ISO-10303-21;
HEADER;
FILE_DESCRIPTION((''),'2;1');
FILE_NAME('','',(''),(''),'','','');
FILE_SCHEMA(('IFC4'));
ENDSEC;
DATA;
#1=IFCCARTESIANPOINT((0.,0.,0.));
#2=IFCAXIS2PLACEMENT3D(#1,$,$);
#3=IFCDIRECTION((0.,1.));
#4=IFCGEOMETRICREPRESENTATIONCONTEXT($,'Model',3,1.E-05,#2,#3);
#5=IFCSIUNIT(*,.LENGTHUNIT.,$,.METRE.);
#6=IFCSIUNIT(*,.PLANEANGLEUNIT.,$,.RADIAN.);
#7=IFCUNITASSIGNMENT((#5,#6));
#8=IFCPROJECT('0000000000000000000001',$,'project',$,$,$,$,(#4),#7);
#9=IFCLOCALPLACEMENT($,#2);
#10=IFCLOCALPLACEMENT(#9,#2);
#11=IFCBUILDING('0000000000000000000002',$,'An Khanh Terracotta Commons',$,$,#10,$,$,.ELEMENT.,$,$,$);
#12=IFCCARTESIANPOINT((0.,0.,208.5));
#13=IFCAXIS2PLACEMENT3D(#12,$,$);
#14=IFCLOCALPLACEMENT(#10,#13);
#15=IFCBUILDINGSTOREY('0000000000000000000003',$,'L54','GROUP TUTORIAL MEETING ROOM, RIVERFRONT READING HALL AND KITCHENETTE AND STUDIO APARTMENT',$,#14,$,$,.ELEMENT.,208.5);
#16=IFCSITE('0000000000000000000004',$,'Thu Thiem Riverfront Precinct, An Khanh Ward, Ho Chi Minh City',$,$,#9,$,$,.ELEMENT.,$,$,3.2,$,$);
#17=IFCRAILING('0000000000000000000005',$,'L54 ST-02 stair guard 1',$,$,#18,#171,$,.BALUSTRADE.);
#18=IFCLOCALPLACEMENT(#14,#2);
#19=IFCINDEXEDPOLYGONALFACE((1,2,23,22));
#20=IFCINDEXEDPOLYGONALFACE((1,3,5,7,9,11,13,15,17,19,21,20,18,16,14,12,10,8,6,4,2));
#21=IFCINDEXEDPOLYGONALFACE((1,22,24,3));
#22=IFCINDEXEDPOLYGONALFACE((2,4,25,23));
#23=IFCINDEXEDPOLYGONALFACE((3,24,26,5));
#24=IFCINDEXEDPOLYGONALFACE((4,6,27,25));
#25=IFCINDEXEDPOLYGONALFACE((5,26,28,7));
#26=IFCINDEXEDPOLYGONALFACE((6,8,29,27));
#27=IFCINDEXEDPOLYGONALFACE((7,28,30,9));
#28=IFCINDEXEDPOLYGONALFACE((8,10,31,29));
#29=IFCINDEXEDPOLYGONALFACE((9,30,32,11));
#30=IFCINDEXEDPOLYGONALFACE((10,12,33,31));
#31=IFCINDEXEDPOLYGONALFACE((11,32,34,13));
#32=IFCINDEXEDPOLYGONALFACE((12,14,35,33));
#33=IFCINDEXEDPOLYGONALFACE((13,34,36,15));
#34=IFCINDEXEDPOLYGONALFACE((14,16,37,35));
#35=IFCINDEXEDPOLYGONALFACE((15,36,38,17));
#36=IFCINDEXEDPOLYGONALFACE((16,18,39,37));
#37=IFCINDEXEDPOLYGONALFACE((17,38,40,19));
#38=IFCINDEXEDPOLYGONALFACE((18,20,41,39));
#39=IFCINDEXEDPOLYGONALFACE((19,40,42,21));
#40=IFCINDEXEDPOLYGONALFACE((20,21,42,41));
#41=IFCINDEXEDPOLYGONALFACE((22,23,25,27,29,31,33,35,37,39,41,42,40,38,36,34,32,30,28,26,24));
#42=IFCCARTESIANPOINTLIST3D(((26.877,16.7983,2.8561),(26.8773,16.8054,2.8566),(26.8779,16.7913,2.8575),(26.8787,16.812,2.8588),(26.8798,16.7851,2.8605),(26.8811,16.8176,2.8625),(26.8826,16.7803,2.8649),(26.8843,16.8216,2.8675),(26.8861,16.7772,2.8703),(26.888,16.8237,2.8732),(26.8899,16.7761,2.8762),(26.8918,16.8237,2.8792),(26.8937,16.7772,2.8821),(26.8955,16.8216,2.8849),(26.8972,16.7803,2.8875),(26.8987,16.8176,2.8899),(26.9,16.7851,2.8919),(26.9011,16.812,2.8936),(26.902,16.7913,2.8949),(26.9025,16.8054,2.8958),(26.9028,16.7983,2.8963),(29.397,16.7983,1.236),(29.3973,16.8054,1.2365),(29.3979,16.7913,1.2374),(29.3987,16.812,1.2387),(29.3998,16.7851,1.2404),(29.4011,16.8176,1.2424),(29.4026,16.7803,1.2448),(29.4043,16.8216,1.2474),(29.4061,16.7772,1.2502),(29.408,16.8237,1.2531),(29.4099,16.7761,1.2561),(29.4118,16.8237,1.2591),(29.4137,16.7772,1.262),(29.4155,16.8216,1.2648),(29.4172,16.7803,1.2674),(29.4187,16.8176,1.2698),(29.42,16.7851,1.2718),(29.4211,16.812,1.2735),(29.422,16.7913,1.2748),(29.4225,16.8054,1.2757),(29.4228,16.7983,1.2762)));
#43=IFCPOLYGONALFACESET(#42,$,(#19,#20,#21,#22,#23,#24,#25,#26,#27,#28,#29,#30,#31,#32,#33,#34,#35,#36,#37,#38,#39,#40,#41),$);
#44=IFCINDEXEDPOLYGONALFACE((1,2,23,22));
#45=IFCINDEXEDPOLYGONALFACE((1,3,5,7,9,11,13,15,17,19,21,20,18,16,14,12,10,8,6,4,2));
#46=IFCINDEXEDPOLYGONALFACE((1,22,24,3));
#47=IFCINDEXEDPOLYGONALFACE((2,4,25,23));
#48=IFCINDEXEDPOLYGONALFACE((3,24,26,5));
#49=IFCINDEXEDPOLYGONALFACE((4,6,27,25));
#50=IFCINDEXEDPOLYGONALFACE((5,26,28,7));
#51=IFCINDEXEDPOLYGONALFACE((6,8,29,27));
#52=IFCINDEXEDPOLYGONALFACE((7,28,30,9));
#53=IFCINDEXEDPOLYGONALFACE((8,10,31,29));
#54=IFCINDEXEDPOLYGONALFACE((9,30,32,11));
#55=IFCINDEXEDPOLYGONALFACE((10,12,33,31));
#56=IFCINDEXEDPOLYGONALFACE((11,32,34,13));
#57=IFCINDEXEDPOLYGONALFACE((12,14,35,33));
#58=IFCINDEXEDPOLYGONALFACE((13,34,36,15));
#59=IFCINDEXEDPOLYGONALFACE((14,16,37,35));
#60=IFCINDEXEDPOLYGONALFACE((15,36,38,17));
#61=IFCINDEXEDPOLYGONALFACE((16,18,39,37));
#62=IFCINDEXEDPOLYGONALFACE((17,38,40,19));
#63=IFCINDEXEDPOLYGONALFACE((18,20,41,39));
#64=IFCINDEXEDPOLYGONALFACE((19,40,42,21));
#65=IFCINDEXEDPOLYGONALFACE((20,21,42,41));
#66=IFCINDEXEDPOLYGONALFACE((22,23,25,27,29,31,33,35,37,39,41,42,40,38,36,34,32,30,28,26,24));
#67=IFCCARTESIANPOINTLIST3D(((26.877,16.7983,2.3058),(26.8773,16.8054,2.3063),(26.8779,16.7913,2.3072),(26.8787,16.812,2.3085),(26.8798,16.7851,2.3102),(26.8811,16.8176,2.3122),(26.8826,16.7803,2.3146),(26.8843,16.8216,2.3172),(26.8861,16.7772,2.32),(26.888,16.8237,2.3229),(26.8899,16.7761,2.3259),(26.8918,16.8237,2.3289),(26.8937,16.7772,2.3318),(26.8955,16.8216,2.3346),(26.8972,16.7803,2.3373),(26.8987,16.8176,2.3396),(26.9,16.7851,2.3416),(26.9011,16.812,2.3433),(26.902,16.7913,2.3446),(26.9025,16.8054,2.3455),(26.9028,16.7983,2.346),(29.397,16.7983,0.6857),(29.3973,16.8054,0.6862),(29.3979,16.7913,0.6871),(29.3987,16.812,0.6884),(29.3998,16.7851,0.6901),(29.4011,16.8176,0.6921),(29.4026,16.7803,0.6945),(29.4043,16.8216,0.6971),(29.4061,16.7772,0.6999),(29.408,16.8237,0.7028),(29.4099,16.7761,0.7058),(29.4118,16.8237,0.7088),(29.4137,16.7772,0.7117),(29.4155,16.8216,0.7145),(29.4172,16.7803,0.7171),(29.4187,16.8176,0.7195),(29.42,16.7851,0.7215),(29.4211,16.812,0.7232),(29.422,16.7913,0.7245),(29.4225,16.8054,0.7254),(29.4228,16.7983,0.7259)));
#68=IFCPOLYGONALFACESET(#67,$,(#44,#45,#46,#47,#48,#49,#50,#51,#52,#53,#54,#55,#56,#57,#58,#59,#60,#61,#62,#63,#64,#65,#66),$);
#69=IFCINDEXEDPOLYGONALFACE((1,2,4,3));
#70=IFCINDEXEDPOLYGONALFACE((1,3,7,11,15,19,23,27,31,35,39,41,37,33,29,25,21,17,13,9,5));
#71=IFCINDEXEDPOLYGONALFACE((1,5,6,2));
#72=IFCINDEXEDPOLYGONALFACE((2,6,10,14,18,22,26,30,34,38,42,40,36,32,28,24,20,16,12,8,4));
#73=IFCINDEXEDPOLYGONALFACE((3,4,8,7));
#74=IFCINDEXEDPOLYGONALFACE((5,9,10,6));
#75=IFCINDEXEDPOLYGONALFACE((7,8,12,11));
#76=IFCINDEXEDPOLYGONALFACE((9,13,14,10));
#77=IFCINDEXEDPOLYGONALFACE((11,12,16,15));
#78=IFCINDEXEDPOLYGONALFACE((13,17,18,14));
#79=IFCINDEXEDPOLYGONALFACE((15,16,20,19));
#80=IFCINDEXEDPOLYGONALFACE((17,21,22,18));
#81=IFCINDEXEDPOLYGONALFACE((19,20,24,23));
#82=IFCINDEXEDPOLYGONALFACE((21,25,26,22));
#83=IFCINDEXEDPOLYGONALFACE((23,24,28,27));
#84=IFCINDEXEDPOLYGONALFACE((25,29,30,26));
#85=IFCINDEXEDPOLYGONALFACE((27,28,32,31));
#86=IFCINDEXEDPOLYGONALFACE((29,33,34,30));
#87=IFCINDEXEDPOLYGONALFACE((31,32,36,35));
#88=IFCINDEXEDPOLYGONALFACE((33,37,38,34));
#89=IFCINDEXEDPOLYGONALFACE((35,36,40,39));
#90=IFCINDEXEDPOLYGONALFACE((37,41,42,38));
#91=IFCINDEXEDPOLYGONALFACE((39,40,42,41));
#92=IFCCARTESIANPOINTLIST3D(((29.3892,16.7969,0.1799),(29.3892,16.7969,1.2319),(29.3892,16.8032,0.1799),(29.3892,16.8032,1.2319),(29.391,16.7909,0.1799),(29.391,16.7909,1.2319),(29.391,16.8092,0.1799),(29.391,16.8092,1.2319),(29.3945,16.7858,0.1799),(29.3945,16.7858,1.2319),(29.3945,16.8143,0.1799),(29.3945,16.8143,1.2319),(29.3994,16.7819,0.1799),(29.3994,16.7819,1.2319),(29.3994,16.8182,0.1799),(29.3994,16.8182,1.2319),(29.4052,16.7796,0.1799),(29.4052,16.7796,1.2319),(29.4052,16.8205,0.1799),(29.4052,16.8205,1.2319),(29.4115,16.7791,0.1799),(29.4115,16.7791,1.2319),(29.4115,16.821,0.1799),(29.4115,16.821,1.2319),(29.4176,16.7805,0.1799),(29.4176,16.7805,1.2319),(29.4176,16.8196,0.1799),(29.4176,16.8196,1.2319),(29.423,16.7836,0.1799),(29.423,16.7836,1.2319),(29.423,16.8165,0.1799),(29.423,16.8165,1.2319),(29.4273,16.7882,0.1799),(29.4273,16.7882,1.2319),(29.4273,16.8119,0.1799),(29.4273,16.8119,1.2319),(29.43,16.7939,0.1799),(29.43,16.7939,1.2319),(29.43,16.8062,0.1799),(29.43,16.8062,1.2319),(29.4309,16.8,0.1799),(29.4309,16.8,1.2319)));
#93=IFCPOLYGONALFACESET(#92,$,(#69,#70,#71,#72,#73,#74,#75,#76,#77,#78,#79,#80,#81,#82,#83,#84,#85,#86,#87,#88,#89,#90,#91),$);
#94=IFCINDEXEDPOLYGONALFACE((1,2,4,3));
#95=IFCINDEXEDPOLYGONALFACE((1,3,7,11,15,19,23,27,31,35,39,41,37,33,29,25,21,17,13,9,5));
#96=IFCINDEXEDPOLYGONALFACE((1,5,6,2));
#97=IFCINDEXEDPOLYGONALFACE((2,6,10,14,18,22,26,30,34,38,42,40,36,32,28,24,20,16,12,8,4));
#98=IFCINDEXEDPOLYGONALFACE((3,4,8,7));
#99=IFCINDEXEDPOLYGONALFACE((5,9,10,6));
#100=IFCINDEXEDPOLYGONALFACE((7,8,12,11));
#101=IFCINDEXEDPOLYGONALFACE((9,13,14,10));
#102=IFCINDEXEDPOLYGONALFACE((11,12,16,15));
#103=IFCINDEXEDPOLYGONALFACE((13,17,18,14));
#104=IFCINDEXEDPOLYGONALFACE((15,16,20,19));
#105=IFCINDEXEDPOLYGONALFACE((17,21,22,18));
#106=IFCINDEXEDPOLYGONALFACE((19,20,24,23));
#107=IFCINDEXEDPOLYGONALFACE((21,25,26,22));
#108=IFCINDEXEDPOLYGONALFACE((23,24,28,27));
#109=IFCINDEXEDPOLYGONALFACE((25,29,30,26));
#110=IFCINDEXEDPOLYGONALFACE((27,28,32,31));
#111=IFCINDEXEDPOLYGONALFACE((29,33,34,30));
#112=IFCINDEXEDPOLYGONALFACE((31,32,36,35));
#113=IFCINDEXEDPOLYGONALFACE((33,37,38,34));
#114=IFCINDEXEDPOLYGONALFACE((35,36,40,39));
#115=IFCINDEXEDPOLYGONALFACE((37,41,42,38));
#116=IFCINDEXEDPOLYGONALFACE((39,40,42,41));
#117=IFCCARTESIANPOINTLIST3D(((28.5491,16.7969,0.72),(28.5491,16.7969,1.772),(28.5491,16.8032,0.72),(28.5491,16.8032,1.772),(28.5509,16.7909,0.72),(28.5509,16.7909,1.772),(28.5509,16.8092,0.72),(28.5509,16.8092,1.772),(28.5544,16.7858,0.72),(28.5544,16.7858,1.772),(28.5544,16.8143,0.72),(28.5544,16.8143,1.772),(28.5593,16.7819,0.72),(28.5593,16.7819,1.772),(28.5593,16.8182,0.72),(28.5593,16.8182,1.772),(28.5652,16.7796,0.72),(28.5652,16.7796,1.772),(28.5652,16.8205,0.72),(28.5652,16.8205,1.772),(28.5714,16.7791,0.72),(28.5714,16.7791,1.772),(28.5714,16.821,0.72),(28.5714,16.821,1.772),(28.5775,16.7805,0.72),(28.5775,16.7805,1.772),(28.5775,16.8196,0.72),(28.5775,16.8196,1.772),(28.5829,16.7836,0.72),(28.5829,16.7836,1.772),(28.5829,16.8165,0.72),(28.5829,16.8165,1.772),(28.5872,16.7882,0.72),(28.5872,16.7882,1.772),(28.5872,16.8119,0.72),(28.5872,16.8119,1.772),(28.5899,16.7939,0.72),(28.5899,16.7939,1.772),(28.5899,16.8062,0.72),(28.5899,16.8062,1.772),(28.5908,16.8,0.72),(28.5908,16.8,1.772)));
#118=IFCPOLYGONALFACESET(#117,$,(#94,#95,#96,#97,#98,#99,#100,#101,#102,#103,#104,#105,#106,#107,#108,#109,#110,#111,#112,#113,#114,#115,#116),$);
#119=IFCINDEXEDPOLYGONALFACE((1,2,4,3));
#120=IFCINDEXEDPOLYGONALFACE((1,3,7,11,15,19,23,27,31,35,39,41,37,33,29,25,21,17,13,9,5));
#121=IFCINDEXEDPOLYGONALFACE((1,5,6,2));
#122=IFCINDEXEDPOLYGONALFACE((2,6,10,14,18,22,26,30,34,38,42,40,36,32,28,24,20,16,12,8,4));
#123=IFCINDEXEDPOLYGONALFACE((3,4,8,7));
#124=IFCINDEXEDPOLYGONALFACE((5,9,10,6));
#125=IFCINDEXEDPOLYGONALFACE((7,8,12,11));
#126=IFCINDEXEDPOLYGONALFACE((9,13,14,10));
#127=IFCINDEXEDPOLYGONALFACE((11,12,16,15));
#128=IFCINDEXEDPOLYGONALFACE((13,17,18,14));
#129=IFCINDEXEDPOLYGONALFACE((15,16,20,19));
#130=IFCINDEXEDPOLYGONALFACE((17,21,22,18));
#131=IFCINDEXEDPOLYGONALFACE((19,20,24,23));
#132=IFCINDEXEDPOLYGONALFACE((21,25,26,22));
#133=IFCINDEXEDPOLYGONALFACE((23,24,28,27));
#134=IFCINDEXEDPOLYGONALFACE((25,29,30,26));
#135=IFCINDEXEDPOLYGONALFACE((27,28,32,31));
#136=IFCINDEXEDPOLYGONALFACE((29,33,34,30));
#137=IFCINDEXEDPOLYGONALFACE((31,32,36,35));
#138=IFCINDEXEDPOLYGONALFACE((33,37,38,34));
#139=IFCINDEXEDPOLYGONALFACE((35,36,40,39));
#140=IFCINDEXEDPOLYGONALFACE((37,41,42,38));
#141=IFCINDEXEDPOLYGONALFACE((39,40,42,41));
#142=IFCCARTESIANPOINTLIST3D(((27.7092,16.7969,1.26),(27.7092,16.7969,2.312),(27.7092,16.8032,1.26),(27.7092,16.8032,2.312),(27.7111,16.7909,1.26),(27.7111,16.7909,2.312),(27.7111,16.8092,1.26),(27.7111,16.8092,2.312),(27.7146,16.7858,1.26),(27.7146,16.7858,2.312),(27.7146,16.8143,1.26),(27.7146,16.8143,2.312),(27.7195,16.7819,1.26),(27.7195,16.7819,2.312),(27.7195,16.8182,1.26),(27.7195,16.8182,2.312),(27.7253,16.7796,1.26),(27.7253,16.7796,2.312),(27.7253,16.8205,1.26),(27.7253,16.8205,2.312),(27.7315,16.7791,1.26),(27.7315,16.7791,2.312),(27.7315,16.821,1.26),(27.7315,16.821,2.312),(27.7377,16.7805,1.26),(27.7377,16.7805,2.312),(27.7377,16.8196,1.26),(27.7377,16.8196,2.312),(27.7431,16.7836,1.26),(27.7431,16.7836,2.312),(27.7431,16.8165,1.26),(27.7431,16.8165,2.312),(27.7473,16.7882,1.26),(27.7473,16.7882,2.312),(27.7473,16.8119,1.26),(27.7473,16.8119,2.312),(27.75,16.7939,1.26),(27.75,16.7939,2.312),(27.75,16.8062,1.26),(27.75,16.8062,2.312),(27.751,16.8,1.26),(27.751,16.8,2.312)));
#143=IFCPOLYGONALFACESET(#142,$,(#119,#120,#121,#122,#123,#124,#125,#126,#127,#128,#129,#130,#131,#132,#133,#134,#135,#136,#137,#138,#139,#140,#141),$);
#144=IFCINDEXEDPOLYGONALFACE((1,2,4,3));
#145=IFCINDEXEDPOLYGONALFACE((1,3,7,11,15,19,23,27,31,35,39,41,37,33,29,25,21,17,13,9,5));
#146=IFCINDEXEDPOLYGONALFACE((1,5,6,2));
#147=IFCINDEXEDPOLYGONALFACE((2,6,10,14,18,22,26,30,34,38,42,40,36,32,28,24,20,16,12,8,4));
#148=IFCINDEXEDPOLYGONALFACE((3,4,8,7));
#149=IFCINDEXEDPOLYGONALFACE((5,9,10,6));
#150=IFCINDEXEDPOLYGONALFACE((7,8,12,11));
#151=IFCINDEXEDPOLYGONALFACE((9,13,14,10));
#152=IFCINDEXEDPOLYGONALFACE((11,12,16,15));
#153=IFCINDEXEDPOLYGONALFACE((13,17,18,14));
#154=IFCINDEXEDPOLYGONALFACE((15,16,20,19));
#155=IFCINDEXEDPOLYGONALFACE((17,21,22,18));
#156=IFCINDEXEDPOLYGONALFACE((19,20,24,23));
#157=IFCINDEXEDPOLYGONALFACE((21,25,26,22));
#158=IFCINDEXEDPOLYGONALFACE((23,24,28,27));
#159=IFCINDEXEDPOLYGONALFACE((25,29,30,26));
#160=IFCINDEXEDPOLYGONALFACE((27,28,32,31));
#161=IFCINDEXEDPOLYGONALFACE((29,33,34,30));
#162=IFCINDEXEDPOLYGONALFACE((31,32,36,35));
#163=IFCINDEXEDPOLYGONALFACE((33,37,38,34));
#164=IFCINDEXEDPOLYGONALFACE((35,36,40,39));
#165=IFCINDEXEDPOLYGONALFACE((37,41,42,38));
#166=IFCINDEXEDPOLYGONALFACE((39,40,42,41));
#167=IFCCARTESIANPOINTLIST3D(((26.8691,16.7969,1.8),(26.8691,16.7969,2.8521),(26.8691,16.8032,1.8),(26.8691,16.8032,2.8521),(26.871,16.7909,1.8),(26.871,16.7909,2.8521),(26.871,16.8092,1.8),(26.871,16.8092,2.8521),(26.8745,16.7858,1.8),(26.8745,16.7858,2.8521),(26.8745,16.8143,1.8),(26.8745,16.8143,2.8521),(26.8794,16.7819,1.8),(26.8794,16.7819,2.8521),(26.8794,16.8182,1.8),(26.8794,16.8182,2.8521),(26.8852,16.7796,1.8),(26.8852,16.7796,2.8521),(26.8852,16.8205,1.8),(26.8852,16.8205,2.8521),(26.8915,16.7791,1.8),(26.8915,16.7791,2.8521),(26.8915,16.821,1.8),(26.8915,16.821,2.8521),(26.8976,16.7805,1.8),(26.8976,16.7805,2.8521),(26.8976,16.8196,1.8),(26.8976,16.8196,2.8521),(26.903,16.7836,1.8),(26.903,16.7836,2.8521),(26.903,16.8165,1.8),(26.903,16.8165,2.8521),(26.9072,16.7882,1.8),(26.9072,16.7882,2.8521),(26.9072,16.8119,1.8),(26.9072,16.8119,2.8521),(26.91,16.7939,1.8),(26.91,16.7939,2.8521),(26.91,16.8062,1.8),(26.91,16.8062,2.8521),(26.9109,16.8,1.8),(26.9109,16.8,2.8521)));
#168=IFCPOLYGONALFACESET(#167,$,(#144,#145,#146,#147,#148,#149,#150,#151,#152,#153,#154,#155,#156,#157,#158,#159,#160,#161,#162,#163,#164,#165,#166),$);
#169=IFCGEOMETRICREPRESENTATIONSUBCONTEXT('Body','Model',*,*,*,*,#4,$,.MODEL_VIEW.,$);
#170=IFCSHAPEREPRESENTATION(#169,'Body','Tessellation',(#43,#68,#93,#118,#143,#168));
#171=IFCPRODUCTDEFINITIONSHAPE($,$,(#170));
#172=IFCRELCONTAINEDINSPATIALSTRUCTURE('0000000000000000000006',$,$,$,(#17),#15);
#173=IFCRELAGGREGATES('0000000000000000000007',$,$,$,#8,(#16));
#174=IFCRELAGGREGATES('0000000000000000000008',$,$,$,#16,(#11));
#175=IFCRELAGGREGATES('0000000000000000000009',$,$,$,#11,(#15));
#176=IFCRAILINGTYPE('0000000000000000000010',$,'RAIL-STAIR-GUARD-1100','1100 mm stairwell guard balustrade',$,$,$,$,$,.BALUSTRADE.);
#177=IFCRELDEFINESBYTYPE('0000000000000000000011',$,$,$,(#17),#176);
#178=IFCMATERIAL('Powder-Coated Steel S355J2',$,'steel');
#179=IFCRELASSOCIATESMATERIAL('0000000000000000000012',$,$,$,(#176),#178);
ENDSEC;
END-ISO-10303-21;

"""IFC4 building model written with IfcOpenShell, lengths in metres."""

from ifc_helpers import new_model, si_unit, direction, frame, origin, origin_2d, place, context, subcontext, project, spatial, circle, extrude, material, type_object, element, save


model = new_model("IFC4")

# Units and contexts
model_context = context("Model", 3, precision=1e-05, world=origin(), true_north=direction((0.0, 1.0)))
body_context = subcontext(model_context, "Body", "Model", "MODEL_VIEW")
ifc_project = project(units=[si_unit("LENGTHUNIT", "METRE"), si_unit("PLANEANGLEUNIT", "RADIAN")], contexts=[model_context])

# Site, building, storey
site_placement = place(None, origin())
site = spatial("IfcSite", under=ifc_project, at=site_placement, Name="Thu Thiem Riverfront Precinct, An Khanh Ward, Ho Chi Minh City", CompositionType="ELEMENT", RefElevation=3.2)
building_placement = place(site_placement, origin())
building = spatial("IfcBuilding", under=site, at=building_placement, Name="An Khanh Terracotta Commons", CompositionType="ELEMENT")
storey_placement = place(building_placement, frame((0.0, 0.0, 208.5)))
storey = spatial("IfcBuildingStorey", under=building, at=storey_placement, Name="L54", Description="GROUP TUTORIAL MEETING ROOM, RIVERFRONT READING HALL AND KITCHENETTE AND STUDIO APARTMENT", CompositionType="ELEMENT", Elevation=208.5)

# Railing
ifc_material_1 = material(Name="Powder-Coated Steel S355J2", Category="steel")
railing_type_1 = type_object("IfcRailingType", Name="RAIL-STAIR-GUARD-1100", Description="1100 mm stairwell guard balustrade", PredefinedType="BALUSTRADE", material=ifc_material_1)
railing_1_placement = place(storey_placement, frame((29.4099, 16.8, 0.1799)))
element("IfcRailing", 1, at=railing_1_placement, inside=storey, type_object=railing_type_1, Name="L54 ST-02 stair guard 1", PredefinedType="BALUSTRADE", context=body_context, shape_type="SweptSolid", body=[
    extrude(circle(Radius=0.0239, at=origin_2d()), frame((0.0, 0.0, 1.0762), z_axis=(-0.841163, 0.0, 0.540782), x_axis=(0.0, -1.0, 0.0)), (0.0, 0.0, 1.0), 2.9958),
    extrude(circle(Radius=0.0239, at=origin_2d()), frame((0.0, 0.0, 0.5259), z_axis=(-0.841163, 0.0, 0.540782), x_axis=(0.0, -1.0, 0.0)), (0.0, 0.0, 1.0), 2.9958),
    extrude(circle(Radius=0.021, at=origin_2d()), origin(), (0.0, 0.0, 1.0), 1.052),
    extrude(circle(Radius=0.021, at=origin_2d()), frame((-0.8401, 0.0, 0.54)), (0.0, 0.0, 1.0), 1.052),
    extrude(circle(Radius=0.021, at=origin_2d()), frame((-1.6799, 0.0, 1.0801)), (0.0, 0.0, 1.0), 1.052),
    extrude(circle(Radius=0.021, at=origin_2d()), frame((-2.52, 0.0, 1.6201)), (0.0, 0.0, 1.0), 1.052),
])

save(model, "model.ifc")
